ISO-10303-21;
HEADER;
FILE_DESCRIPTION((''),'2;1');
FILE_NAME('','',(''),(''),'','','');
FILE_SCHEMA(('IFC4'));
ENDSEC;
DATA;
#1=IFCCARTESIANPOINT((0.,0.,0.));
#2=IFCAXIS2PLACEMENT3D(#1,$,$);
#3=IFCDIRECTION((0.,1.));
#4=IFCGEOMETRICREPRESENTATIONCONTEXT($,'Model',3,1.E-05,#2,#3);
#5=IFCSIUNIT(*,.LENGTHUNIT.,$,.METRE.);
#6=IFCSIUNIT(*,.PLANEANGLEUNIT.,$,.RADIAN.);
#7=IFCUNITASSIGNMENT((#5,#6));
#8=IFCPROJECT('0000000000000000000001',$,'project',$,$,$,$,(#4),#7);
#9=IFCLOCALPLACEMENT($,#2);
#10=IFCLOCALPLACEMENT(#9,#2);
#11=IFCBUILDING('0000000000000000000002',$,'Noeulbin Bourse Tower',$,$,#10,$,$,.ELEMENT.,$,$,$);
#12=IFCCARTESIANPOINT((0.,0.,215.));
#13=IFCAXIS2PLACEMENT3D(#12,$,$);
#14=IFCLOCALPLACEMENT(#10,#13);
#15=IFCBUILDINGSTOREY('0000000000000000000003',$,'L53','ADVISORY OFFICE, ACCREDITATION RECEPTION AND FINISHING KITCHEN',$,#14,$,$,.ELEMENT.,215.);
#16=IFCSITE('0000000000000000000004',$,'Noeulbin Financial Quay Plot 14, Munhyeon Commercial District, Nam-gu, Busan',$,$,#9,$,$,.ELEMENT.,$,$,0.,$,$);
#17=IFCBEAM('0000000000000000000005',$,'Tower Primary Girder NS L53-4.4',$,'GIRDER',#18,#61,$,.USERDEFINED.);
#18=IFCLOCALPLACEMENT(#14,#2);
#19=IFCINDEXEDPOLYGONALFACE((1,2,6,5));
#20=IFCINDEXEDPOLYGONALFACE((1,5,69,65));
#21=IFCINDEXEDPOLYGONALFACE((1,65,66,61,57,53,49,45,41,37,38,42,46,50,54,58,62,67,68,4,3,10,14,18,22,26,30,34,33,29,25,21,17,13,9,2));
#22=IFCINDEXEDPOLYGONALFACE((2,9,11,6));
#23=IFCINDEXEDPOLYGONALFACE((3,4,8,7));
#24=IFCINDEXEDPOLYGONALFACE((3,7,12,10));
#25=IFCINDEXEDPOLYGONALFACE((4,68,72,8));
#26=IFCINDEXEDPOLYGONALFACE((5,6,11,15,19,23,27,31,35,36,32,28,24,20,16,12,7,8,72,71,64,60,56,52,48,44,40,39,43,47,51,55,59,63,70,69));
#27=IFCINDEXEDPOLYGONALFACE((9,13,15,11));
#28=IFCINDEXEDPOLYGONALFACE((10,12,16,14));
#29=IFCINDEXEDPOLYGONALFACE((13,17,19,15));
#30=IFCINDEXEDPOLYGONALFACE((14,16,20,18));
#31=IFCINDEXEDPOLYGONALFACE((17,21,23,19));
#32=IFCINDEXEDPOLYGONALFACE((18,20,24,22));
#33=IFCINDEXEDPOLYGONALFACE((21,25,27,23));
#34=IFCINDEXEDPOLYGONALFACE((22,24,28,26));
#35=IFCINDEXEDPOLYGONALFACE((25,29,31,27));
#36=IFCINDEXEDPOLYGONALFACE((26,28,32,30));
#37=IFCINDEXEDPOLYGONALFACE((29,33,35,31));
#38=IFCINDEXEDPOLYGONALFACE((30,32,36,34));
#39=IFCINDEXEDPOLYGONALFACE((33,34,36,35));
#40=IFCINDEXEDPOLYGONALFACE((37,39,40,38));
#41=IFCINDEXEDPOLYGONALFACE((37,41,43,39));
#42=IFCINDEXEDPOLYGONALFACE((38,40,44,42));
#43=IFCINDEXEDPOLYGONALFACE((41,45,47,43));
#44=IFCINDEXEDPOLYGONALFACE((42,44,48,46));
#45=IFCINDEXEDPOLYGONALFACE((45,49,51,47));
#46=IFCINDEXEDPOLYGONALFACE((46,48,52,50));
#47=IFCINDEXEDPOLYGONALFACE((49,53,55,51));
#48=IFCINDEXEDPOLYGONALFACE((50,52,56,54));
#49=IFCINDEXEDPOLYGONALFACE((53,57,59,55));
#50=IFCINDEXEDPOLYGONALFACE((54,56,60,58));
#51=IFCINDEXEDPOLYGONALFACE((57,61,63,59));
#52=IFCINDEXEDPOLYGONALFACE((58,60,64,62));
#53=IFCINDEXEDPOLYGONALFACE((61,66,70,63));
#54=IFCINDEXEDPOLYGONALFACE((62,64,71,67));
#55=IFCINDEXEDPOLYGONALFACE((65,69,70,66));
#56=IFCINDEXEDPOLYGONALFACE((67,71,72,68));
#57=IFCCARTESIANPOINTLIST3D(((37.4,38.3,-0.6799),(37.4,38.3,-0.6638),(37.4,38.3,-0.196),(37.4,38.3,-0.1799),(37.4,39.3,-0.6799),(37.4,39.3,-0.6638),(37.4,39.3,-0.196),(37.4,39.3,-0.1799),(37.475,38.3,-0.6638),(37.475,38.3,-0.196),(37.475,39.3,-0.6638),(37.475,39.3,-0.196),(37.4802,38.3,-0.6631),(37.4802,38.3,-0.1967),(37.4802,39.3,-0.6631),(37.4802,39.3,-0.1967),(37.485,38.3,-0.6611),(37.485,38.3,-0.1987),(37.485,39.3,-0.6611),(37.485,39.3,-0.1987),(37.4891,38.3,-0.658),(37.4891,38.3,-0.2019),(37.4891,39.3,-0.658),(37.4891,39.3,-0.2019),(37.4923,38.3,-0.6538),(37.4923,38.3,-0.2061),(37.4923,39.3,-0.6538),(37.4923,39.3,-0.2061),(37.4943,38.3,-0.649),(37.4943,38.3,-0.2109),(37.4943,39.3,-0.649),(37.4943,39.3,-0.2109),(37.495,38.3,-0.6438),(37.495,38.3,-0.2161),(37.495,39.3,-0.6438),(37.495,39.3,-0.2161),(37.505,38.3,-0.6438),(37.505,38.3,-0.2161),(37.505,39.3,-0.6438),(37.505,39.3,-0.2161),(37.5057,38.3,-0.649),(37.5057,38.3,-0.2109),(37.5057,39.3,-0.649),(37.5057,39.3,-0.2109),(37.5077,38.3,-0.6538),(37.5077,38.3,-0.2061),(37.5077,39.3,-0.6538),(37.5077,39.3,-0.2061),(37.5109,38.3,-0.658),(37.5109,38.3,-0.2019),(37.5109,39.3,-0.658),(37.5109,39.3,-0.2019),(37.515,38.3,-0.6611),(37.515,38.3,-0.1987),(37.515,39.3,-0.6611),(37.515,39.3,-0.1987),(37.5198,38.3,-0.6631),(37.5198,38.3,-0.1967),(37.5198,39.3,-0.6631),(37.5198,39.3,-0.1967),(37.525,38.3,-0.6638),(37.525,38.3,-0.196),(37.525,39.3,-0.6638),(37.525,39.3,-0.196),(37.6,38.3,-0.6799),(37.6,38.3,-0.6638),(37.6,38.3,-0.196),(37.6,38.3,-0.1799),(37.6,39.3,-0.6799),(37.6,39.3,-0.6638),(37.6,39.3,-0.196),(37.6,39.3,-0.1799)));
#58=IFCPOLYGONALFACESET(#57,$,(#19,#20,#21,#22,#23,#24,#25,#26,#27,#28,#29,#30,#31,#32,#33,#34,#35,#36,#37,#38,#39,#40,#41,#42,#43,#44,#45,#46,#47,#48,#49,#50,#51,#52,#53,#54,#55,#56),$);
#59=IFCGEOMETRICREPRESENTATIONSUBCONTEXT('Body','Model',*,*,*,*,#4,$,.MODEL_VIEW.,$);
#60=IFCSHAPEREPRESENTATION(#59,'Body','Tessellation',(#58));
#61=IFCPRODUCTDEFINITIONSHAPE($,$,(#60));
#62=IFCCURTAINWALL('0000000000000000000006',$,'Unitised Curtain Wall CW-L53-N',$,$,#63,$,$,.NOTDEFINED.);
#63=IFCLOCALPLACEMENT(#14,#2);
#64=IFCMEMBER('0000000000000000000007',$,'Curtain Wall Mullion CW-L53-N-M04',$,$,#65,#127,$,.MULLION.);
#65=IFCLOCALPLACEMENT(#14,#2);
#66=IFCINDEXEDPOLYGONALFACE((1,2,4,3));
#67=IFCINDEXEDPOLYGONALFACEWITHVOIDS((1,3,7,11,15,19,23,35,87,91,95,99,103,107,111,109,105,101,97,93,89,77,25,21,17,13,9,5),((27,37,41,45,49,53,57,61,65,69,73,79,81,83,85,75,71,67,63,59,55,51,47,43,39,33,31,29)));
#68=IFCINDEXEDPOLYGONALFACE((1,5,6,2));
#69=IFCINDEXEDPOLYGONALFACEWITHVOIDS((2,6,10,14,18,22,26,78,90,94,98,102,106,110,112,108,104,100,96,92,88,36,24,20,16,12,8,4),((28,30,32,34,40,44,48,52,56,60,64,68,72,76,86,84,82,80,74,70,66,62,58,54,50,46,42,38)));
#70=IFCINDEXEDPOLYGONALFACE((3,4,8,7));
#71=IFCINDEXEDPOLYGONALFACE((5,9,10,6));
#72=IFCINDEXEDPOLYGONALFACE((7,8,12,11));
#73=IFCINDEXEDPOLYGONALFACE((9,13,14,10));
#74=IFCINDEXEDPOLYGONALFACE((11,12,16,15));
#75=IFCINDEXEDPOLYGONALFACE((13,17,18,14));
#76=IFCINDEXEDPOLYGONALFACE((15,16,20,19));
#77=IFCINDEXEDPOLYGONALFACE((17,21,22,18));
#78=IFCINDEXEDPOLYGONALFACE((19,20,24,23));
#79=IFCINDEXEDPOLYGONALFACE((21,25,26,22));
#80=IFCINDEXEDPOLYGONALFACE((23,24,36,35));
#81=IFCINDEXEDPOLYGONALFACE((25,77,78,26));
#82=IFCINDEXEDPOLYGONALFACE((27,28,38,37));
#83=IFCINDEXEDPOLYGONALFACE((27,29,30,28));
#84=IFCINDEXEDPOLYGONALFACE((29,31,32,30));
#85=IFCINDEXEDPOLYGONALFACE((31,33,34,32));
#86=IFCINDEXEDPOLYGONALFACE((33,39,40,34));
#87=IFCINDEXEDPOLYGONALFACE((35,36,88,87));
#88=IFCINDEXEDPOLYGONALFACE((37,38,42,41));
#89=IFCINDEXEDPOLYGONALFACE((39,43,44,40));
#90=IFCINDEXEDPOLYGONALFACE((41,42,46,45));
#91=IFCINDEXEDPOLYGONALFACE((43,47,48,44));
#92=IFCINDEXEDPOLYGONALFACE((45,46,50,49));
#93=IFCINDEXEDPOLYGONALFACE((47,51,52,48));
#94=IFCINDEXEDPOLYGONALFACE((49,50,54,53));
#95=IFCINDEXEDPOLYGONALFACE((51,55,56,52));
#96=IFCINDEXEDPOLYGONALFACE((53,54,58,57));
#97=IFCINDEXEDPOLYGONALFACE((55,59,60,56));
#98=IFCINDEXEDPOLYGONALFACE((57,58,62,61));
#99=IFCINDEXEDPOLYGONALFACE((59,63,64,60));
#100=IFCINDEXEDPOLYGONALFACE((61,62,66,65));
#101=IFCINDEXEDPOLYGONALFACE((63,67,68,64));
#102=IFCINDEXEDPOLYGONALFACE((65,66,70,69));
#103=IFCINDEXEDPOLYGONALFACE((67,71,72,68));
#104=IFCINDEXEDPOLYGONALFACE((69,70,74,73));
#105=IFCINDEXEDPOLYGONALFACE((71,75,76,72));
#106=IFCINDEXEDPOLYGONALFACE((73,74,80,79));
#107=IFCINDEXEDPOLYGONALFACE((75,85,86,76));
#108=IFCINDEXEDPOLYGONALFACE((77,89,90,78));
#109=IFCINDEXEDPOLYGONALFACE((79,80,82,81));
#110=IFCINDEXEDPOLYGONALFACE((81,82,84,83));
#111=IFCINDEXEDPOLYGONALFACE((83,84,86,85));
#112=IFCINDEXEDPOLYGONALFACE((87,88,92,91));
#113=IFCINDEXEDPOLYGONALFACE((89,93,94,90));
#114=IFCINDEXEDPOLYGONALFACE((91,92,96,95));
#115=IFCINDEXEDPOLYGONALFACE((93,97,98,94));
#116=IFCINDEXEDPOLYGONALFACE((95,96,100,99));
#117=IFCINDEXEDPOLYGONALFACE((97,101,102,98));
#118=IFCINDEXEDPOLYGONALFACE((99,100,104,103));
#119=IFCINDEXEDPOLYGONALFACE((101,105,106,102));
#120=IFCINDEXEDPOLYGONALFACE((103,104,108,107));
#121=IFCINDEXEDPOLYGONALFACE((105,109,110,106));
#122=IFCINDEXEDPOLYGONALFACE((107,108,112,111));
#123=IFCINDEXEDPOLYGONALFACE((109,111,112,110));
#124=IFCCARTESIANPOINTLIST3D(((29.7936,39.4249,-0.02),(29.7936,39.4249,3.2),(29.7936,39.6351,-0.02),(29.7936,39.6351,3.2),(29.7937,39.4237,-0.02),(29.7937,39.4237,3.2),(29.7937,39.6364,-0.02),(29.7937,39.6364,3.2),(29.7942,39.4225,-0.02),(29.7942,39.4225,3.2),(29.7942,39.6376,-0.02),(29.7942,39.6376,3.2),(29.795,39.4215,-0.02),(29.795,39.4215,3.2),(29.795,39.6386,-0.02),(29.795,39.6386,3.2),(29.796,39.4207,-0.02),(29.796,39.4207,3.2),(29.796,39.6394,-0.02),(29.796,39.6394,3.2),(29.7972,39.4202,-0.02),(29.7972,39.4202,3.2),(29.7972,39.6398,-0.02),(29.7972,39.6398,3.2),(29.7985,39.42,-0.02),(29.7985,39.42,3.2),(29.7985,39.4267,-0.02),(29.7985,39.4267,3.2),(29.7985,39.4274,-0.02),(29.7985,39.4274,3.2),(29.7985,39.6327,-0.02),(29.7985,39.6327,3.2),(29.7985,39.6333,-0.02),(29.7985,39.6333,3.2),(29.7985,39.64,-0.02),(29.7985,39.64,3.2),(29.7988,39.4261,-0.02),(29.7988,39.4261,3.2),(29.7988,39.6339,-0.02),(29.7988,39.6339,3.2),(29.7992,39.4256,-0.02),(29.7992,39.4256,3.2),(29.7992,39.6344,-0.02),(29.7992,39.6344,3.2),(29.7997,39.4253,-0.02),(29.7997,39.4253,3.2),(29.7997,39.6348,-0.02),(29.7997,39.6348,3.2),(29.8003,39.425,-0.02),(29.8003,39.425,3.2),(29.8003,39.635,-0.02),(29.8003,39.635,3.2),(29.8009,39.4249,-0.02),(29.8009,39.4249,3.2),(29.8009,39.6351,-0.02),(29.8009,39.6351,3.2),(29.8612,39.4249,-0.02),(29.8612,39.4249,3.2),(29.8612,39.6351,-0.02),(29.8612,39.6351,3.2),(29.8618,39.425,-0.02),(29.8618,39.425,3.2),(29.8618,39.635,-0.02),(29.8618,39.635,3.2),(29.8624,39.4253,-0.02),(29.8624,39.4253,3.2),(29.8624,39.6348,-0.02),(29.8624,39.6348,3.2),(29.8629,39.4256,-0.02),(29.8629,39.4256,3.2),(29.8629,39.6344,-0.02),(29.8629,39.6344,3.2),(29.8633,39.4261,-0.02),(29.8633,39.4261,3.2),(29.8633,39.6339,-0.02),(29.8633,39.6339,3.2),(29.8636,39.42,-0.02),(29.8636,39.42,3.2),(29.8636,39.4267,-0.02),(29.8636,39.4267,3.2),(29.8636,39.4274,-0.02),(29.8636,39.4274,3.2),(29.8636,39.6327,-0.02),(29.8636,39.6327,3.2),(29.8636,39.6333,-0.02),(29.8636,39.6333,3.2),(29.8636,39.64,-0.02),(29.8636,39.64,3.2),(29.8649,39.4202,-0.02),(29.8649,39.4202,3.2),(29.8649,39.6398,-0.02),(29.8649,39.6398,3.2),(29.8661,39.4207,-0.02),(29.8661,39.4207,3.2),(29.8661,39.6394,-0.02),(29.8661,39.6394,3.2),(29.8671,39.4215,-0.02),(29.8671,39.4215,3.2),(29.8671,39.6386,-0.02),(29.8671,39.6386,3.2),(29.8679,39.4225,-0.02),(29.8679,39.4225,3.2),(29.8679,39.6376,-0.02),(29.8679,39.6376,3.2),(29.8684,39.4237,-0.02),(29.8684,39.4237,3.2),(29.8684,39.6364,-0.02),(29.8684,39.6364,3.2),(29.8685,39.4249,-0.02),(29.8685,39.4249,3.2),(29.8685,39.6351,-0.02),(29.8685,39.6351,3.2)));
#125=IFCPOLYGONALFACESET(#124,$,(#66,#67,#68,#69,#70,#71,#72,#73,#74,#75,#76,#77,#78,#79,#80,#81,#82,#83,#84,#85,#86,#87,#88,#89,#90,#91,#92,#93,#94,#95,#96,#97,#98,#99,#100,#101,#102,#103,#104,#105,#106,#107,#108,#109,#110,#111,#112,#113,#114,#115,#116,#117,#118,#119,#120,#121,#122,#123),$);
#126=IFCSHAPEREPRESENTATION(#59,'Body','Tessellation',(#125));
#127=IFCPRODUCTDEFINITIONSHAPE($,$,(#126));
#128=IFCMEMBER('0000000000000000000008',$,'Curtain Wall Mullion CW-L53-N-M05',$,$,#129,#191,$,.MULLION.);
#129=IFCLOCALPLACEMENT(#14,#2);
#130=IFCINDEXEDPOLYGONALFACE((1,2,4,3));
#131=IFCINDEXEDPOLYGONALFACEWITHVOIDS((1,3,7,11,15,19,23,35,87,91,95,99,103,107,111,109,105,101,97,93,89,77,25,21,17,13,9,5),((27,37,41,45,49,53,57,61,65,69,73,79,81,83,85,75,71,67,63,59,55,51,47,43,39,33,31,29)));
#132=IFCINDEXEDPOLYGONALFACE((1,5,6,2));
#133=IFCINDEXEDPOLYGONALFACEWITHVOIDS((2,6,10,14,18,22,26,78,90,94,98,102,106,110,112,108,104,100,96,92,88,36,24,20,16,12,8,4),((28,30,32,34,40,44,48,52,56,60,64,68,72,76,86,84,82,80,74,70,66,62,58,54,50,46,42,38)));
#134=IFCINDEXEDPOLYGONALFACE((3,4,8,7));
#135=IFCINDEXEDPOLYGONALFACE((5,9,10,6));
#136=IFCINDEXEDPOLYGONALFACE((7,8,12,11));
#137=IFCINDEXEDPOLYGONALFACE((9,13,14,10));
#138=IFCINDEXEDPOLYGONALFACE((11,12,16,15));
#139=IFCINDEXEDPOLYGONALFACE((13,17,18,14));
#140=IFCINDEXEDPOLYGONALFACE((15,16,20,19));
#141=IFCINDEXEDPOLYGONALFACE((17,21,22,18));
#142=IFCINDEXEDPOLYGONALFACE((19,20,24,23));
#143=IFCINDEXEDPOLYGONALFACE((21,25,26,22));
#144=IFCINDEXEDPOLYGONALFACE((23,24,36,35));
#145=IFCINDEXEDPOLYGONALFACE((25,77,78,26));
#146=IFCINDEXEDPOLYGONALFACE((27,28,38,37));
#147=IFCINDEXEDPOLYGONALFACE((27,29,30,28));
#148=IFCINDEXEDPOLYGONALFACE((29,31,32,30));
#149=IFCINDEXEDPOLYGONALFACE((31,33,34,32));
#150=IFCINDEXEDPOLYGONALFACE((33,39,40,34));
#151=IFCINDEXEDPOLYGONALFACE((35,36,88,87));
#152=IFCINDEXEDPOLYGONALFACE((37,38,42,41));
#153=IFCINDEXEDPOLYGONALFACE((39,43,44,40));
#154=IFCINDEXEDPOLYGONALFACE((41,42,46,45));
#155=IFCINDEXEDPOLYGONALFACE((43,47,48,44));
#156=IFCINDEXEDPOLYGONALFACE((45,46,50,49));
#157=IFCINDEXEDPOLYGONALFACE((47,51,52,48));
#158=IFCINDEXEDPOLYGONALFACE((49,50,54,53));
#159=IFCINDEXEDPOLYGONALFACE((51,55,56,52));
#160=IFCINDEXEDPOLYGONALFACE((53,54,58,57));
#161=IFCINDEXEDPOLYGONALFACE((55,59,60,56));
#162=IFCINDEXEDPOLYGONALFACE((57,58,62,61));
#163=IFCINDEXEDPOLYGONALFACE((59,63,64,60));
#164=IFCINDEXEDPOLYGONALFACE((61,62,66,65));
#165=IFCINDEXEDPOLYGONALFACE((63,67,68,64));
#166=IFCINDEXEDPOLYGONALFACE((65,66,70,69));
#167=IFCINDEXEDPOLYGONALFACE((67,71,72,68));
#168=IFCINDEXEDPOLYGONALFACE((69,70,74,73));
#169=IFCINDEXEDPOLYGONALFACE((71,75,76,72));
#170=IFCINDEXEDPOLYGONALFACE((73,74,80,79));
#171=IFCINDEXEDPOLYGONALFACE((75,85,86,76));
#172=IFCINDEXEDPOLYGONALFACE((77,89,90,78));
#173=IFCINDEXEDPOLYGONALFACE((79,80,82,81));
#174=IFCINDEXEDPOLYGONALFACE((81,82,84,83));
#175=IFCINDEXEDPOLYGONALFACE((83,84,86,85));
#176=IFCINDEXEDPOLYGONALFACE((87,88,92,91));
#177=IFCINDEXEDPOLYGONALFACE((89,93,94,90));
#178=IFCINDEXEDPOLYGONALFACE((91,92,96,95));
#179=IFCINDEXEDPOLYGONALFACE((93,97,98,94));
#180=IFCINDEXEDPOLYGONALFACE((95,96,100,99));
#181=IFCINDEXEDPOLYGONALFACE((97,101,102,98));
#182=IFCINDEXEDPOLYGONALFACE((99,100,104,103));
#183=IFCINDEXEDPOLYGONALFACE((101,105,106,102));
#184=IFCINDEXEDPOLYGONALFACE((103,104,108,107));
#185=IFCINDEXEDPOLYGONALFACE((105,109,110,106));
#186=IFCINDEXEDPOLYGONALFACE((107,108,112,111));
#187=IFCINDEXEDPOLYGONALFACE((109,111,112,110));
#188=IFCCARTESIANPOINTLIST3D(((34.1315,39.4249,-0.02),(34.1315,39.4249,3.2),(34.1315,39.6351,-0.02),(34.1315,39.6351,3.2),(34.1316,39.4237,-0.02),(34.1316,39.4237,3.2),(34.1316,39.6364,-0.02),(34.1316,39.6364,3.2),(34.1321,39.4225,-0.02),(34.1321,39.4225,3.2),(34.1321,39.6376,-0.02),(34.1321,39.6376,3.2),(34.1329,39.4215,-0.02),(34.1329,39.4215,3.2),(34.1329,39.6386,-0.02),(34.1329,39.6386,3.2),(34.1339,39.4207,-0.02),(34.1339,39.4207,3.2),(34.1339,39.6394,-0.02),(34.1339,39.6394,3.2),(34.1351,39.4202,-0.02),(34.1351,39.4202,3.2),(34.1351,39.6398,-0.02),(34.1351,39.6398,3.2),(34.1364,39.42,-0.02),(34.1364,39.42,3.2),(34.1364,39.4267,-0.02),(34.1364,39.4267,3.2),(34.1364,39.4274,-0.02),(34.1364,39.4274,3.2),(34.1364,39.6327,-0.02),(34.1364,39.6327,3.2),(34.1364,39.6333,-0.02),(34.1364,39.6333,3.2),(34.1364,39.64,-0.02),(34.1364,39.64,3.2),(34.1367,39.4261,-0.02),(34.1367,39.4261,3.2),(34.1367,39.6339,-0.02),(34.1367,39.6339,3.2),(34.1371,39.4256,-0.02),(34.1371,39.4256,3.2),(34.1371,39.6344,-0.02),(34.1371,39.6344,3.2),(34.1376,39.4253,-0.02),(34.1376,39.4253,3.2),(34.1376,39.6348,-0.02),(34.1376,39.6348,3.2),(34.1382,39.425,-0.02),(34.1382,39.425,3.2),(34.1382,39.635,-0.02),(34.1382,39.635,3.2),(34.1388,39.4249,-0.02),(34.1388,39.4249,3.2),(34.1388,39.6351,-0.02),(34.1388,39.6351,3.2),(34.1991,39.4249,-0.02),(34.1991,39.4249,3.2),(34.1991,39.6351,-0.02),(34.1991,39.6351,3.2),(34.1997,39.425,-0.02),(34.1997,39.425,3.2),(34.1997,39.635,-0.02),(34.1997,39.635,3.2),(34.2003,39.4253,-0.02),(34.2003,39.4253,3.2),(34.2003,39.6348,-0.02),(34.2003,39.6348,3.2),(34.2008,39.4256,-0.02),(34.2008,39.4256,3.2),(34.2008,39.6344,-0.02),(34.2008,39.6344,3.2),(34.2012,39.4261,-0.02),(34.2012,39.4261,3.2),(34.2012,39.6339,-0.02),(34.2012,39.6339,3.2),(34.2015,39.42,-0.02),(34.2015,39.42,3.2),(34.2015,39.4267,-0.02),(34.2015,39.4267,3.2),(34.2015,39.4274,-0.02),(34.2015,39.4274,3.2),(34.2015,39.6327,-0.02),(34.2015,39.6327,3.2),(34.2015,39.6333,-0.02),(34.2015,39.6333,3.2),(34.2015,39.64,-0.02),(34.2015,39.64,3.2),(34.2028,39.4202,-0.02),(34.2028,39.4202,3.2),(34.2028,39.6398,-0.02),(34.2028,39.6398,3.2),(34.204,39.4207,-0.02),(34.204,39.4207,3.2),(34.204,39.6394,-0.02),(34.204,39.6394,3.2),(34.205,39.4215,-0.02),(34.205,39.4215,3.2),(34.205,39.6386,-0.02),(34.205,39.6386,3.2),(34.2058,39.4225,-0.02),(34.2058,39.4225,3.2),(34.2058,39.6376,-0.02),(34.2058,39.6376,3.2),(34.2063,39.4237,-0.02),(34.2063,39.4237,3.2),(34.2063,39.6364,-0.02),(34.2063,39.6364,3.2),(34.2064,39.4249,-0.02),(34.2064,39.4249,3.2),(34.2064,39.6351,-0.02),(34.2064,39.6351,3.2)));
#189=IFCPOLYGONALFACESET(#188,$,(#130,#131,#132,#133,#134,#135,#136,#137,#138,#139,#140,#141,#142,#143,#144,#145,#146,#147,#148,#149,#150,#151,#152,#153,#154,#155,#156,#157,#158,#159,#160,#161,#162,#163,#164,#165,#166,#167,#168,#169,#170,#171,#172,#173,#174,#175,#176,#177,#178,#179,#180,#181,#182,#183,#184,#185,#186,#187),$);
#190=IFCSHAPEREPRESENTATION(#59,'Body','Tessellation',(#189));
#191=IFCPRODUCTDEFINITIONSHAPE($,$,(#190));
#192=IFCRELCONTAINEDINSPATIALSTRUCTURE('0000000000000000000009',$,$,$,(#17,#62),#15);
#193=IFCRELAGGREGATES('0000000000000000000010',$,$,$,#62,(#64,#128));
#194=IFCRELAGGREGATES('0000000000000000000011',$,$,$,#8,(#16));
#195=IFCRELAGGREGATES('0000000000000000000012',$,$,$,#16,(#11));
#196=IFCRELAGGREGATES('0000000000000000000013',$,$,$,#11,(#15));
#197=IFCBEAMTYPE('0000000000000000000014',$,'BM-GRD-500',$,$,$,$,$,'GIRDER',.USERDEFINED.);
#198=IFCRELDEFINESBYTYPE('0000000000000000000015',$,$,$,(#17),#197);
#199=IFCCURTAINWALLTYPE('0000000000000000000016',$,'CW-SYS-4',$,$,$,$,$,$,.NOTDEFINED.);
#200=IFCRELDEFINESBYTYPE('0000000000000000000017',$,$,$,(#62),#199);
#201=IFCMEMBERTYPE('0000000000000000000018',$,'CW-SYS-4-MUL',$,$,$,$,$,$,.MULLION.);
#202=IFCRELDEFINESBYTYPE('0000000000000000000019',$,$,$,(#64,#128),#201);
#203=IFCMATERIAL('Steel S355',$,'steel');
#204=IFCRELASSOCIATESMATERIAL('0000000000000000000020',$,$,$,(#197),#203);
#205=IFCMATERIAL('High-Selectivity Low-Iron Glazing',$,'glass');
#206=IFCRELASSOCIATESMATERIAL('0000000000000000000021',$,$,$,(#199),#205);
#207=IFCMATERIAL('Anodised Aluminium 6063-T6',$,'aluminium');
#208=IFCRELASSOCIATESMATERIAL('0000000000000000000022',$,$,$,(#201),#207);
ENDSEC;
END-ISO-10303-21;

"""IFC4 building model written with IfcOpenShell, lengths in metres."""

from ifc_helpers import new_model, si_unit, direction, frame, origin, origin_2d, place, context, subcontext, project, spatial, hollow_rectangle, i_section, extrude, material, material_profile, profile_set, type_object, element, aggregate, save


model = new_model("IFC4")

# Units and contexts
model_context = context("Model", 3, precision=1e-05, world=origin(), true_north=direction((0.0, 1.0)))
body_context = subcontext(model_context, "Body", "Model", "MODEL_VIEW")
ifc_project = project(units=[si_unit("LENGTHUNIT", "METRE"), si_unit("PLANEANGLEUNIT", "RADIAN")], contexts=[model_context])

# Site, building, storey
site_placement = place(None, origin())
site = spatial("IfcSite", under=ifc_project, at=site_placement, Name="Noeulbin Financial Quay Plot 14, Munhyeon Commercial District, Nam-gu, Busan", CompositionType="ELEMENT", RefElevation=0.0)
building_placement = place(site_placement, origin())
building = spatial("IfcBuilding", under=site, at=building_placement, Name="Noeulbin Bourse Tower", CompositionType="ELEMENT")
storey_placement = place(building_placement, frame((0.0, 0.0, 215.0)))
storey = spatial("IfcBuildingStorey", under=building, at=storey_placement, Name="L53", Description="ADVISORY OFFICE, ACCREDITATION RECEPTION AND FINISHING KITCHEN", CompositionType="ELEMENT", Elevation=215.0)

# Shared definitions
ifc_material_1 = material(Name="Steel S355", Category="steel")

# Beam
ifc_material_profile_1 = material_profile(ifc_material_1, i_section(OverallWidth=0.2, OverallDepth=0.5, WebThickness=0.01, FlangeThickness=0.0161, FilletRadius=0.02, at=origin_2d()), Name="H-500x200x10x16", Category="LoadBearing")
ifc_profile_set_1 = profile_set([ifc_material_profile_1], Name="Steel S355")
beam_type = type_object("IfcBeamType", Name="BM-GRD-500", ElementType="GIRDER", PredefinedType="USERDEFINED", material=ifc_profile_set_1)
for number, where, z_axis, x_axis, name in (
    (1, (37.5, 38.3, -0.4299), (0.0, 1.0, 0.0), (-1.0, 0.0, 0.0), "Tower Primary Girder NS L53-4.4"),
):
    element("IfcBeam", number, at=place(storey_placement, frame(where, z_axis=z_axis, x_axis=x_axis)), inside=storey, type_object=beam_type, Name=name, ObjectType="GIRDER", PredefinedType="USERDEFINED", context=body_context, shape_type="SweptSolid", body=[
        extrude(i_section(OverallWidth=0.2, OverallDepth=0.5, WebThickness=0.01, FlangeThickness=0.0161, FilletRadius=0.02, at=origin_2d()), origin(), (0.0, 0.0, 1.0), 1.0),
    ])

# Curtain wall, members
ifc_material_2 = material(Name="High-Selectivity Low-Iron Glazing", Category="glass")
curtain_wall_type = type_object("IfcCurtainWallType", Name="CW-SYS-4", PredefinedType="NOTDEFINED", material=ifc_material_2)
curtain_wall_placement = place(storey_placement, origin())
curtain_wall = element("IfcCurtainWall", 2, at=curtain_wall_placement, inside=storey, type_object=curtain_wall_type, Name="Unitised Curtain Wall CW-L53-N", PredefinedType="NOTDEFINED")
ifc_material_3 = material(Name="Anodised Aluminium 6063-T6", Category="aluminium")
ifc_material_profile_2 = material_profile(ifc_material_3, hollow_rectangle(XDim=0.075, YDim=0.22, WallThickness=0.0049, InnerFilletRadius=0.0024, OuterFilletRadius=0.0049, at=origin_2d()), Name="ALU-MULL-75x220x5", Category="LoadBearing")
ifc_profile_set_2 = profile_set([ifc_material_profile_2], Name="Anodised Aluminium 6063-T6")
member_type = type_object("IfcMemberType", Name="CW-SYS-4-MUL", PredefinedType="MULLION", material=ifc_profile_set_2)
member_1_placement = place(storey_placement, frame((29.8311, 39.53, -0.02), z_axis=(0.0, 0.0, 1.0), x_axis=(1.0, 0.0, 0.0)))
member_1 = element("IfcMember", 3, at=member_1_placement, type_object=member_type, Name="Curtain Wall Mullion CW-L53-N-M04", PredefinedType="MULLION", context=body_context, shape_type="SweptSolid", body=[
    extrude(hollow_rectangle(XDim=0.075, YDim=0.22, WallThickness=0.0049, InnerFilletRadius=0.0024, OuterFilletRadius=0.0049, at=origin_2d()), origin(), (0.0, 0.0, 1.0), 3.22),
])
member_2_placement = place(storey_placement, frame((34.1689, 39.53, -0.02), z_axis=(0.0, 0.0, 1.0), x_axis=(1.0, 0.0, 0.0)))
member_2 = element("IfcMember", 4, at=member_2_placement, type_object=member_type, Name="Curtain Wall Mullion CW-L53-N-M05", PredefinedType="MULLION", context=body_context, shape_type="SweptSolid", body=[
    extrude(hollow_rectangle(XDim=0.075, YDim=0.22, WallThickness=0.0049, InnerFilletRadius=0.0024, OuterFilletRadius=0.0049, at=origin_2d()), origin(), (0.0, 0.0, 1.0), 3.22),
])
aggregate(curtain_wall, [member_1, member_2])

save(model, "model.ifc")
